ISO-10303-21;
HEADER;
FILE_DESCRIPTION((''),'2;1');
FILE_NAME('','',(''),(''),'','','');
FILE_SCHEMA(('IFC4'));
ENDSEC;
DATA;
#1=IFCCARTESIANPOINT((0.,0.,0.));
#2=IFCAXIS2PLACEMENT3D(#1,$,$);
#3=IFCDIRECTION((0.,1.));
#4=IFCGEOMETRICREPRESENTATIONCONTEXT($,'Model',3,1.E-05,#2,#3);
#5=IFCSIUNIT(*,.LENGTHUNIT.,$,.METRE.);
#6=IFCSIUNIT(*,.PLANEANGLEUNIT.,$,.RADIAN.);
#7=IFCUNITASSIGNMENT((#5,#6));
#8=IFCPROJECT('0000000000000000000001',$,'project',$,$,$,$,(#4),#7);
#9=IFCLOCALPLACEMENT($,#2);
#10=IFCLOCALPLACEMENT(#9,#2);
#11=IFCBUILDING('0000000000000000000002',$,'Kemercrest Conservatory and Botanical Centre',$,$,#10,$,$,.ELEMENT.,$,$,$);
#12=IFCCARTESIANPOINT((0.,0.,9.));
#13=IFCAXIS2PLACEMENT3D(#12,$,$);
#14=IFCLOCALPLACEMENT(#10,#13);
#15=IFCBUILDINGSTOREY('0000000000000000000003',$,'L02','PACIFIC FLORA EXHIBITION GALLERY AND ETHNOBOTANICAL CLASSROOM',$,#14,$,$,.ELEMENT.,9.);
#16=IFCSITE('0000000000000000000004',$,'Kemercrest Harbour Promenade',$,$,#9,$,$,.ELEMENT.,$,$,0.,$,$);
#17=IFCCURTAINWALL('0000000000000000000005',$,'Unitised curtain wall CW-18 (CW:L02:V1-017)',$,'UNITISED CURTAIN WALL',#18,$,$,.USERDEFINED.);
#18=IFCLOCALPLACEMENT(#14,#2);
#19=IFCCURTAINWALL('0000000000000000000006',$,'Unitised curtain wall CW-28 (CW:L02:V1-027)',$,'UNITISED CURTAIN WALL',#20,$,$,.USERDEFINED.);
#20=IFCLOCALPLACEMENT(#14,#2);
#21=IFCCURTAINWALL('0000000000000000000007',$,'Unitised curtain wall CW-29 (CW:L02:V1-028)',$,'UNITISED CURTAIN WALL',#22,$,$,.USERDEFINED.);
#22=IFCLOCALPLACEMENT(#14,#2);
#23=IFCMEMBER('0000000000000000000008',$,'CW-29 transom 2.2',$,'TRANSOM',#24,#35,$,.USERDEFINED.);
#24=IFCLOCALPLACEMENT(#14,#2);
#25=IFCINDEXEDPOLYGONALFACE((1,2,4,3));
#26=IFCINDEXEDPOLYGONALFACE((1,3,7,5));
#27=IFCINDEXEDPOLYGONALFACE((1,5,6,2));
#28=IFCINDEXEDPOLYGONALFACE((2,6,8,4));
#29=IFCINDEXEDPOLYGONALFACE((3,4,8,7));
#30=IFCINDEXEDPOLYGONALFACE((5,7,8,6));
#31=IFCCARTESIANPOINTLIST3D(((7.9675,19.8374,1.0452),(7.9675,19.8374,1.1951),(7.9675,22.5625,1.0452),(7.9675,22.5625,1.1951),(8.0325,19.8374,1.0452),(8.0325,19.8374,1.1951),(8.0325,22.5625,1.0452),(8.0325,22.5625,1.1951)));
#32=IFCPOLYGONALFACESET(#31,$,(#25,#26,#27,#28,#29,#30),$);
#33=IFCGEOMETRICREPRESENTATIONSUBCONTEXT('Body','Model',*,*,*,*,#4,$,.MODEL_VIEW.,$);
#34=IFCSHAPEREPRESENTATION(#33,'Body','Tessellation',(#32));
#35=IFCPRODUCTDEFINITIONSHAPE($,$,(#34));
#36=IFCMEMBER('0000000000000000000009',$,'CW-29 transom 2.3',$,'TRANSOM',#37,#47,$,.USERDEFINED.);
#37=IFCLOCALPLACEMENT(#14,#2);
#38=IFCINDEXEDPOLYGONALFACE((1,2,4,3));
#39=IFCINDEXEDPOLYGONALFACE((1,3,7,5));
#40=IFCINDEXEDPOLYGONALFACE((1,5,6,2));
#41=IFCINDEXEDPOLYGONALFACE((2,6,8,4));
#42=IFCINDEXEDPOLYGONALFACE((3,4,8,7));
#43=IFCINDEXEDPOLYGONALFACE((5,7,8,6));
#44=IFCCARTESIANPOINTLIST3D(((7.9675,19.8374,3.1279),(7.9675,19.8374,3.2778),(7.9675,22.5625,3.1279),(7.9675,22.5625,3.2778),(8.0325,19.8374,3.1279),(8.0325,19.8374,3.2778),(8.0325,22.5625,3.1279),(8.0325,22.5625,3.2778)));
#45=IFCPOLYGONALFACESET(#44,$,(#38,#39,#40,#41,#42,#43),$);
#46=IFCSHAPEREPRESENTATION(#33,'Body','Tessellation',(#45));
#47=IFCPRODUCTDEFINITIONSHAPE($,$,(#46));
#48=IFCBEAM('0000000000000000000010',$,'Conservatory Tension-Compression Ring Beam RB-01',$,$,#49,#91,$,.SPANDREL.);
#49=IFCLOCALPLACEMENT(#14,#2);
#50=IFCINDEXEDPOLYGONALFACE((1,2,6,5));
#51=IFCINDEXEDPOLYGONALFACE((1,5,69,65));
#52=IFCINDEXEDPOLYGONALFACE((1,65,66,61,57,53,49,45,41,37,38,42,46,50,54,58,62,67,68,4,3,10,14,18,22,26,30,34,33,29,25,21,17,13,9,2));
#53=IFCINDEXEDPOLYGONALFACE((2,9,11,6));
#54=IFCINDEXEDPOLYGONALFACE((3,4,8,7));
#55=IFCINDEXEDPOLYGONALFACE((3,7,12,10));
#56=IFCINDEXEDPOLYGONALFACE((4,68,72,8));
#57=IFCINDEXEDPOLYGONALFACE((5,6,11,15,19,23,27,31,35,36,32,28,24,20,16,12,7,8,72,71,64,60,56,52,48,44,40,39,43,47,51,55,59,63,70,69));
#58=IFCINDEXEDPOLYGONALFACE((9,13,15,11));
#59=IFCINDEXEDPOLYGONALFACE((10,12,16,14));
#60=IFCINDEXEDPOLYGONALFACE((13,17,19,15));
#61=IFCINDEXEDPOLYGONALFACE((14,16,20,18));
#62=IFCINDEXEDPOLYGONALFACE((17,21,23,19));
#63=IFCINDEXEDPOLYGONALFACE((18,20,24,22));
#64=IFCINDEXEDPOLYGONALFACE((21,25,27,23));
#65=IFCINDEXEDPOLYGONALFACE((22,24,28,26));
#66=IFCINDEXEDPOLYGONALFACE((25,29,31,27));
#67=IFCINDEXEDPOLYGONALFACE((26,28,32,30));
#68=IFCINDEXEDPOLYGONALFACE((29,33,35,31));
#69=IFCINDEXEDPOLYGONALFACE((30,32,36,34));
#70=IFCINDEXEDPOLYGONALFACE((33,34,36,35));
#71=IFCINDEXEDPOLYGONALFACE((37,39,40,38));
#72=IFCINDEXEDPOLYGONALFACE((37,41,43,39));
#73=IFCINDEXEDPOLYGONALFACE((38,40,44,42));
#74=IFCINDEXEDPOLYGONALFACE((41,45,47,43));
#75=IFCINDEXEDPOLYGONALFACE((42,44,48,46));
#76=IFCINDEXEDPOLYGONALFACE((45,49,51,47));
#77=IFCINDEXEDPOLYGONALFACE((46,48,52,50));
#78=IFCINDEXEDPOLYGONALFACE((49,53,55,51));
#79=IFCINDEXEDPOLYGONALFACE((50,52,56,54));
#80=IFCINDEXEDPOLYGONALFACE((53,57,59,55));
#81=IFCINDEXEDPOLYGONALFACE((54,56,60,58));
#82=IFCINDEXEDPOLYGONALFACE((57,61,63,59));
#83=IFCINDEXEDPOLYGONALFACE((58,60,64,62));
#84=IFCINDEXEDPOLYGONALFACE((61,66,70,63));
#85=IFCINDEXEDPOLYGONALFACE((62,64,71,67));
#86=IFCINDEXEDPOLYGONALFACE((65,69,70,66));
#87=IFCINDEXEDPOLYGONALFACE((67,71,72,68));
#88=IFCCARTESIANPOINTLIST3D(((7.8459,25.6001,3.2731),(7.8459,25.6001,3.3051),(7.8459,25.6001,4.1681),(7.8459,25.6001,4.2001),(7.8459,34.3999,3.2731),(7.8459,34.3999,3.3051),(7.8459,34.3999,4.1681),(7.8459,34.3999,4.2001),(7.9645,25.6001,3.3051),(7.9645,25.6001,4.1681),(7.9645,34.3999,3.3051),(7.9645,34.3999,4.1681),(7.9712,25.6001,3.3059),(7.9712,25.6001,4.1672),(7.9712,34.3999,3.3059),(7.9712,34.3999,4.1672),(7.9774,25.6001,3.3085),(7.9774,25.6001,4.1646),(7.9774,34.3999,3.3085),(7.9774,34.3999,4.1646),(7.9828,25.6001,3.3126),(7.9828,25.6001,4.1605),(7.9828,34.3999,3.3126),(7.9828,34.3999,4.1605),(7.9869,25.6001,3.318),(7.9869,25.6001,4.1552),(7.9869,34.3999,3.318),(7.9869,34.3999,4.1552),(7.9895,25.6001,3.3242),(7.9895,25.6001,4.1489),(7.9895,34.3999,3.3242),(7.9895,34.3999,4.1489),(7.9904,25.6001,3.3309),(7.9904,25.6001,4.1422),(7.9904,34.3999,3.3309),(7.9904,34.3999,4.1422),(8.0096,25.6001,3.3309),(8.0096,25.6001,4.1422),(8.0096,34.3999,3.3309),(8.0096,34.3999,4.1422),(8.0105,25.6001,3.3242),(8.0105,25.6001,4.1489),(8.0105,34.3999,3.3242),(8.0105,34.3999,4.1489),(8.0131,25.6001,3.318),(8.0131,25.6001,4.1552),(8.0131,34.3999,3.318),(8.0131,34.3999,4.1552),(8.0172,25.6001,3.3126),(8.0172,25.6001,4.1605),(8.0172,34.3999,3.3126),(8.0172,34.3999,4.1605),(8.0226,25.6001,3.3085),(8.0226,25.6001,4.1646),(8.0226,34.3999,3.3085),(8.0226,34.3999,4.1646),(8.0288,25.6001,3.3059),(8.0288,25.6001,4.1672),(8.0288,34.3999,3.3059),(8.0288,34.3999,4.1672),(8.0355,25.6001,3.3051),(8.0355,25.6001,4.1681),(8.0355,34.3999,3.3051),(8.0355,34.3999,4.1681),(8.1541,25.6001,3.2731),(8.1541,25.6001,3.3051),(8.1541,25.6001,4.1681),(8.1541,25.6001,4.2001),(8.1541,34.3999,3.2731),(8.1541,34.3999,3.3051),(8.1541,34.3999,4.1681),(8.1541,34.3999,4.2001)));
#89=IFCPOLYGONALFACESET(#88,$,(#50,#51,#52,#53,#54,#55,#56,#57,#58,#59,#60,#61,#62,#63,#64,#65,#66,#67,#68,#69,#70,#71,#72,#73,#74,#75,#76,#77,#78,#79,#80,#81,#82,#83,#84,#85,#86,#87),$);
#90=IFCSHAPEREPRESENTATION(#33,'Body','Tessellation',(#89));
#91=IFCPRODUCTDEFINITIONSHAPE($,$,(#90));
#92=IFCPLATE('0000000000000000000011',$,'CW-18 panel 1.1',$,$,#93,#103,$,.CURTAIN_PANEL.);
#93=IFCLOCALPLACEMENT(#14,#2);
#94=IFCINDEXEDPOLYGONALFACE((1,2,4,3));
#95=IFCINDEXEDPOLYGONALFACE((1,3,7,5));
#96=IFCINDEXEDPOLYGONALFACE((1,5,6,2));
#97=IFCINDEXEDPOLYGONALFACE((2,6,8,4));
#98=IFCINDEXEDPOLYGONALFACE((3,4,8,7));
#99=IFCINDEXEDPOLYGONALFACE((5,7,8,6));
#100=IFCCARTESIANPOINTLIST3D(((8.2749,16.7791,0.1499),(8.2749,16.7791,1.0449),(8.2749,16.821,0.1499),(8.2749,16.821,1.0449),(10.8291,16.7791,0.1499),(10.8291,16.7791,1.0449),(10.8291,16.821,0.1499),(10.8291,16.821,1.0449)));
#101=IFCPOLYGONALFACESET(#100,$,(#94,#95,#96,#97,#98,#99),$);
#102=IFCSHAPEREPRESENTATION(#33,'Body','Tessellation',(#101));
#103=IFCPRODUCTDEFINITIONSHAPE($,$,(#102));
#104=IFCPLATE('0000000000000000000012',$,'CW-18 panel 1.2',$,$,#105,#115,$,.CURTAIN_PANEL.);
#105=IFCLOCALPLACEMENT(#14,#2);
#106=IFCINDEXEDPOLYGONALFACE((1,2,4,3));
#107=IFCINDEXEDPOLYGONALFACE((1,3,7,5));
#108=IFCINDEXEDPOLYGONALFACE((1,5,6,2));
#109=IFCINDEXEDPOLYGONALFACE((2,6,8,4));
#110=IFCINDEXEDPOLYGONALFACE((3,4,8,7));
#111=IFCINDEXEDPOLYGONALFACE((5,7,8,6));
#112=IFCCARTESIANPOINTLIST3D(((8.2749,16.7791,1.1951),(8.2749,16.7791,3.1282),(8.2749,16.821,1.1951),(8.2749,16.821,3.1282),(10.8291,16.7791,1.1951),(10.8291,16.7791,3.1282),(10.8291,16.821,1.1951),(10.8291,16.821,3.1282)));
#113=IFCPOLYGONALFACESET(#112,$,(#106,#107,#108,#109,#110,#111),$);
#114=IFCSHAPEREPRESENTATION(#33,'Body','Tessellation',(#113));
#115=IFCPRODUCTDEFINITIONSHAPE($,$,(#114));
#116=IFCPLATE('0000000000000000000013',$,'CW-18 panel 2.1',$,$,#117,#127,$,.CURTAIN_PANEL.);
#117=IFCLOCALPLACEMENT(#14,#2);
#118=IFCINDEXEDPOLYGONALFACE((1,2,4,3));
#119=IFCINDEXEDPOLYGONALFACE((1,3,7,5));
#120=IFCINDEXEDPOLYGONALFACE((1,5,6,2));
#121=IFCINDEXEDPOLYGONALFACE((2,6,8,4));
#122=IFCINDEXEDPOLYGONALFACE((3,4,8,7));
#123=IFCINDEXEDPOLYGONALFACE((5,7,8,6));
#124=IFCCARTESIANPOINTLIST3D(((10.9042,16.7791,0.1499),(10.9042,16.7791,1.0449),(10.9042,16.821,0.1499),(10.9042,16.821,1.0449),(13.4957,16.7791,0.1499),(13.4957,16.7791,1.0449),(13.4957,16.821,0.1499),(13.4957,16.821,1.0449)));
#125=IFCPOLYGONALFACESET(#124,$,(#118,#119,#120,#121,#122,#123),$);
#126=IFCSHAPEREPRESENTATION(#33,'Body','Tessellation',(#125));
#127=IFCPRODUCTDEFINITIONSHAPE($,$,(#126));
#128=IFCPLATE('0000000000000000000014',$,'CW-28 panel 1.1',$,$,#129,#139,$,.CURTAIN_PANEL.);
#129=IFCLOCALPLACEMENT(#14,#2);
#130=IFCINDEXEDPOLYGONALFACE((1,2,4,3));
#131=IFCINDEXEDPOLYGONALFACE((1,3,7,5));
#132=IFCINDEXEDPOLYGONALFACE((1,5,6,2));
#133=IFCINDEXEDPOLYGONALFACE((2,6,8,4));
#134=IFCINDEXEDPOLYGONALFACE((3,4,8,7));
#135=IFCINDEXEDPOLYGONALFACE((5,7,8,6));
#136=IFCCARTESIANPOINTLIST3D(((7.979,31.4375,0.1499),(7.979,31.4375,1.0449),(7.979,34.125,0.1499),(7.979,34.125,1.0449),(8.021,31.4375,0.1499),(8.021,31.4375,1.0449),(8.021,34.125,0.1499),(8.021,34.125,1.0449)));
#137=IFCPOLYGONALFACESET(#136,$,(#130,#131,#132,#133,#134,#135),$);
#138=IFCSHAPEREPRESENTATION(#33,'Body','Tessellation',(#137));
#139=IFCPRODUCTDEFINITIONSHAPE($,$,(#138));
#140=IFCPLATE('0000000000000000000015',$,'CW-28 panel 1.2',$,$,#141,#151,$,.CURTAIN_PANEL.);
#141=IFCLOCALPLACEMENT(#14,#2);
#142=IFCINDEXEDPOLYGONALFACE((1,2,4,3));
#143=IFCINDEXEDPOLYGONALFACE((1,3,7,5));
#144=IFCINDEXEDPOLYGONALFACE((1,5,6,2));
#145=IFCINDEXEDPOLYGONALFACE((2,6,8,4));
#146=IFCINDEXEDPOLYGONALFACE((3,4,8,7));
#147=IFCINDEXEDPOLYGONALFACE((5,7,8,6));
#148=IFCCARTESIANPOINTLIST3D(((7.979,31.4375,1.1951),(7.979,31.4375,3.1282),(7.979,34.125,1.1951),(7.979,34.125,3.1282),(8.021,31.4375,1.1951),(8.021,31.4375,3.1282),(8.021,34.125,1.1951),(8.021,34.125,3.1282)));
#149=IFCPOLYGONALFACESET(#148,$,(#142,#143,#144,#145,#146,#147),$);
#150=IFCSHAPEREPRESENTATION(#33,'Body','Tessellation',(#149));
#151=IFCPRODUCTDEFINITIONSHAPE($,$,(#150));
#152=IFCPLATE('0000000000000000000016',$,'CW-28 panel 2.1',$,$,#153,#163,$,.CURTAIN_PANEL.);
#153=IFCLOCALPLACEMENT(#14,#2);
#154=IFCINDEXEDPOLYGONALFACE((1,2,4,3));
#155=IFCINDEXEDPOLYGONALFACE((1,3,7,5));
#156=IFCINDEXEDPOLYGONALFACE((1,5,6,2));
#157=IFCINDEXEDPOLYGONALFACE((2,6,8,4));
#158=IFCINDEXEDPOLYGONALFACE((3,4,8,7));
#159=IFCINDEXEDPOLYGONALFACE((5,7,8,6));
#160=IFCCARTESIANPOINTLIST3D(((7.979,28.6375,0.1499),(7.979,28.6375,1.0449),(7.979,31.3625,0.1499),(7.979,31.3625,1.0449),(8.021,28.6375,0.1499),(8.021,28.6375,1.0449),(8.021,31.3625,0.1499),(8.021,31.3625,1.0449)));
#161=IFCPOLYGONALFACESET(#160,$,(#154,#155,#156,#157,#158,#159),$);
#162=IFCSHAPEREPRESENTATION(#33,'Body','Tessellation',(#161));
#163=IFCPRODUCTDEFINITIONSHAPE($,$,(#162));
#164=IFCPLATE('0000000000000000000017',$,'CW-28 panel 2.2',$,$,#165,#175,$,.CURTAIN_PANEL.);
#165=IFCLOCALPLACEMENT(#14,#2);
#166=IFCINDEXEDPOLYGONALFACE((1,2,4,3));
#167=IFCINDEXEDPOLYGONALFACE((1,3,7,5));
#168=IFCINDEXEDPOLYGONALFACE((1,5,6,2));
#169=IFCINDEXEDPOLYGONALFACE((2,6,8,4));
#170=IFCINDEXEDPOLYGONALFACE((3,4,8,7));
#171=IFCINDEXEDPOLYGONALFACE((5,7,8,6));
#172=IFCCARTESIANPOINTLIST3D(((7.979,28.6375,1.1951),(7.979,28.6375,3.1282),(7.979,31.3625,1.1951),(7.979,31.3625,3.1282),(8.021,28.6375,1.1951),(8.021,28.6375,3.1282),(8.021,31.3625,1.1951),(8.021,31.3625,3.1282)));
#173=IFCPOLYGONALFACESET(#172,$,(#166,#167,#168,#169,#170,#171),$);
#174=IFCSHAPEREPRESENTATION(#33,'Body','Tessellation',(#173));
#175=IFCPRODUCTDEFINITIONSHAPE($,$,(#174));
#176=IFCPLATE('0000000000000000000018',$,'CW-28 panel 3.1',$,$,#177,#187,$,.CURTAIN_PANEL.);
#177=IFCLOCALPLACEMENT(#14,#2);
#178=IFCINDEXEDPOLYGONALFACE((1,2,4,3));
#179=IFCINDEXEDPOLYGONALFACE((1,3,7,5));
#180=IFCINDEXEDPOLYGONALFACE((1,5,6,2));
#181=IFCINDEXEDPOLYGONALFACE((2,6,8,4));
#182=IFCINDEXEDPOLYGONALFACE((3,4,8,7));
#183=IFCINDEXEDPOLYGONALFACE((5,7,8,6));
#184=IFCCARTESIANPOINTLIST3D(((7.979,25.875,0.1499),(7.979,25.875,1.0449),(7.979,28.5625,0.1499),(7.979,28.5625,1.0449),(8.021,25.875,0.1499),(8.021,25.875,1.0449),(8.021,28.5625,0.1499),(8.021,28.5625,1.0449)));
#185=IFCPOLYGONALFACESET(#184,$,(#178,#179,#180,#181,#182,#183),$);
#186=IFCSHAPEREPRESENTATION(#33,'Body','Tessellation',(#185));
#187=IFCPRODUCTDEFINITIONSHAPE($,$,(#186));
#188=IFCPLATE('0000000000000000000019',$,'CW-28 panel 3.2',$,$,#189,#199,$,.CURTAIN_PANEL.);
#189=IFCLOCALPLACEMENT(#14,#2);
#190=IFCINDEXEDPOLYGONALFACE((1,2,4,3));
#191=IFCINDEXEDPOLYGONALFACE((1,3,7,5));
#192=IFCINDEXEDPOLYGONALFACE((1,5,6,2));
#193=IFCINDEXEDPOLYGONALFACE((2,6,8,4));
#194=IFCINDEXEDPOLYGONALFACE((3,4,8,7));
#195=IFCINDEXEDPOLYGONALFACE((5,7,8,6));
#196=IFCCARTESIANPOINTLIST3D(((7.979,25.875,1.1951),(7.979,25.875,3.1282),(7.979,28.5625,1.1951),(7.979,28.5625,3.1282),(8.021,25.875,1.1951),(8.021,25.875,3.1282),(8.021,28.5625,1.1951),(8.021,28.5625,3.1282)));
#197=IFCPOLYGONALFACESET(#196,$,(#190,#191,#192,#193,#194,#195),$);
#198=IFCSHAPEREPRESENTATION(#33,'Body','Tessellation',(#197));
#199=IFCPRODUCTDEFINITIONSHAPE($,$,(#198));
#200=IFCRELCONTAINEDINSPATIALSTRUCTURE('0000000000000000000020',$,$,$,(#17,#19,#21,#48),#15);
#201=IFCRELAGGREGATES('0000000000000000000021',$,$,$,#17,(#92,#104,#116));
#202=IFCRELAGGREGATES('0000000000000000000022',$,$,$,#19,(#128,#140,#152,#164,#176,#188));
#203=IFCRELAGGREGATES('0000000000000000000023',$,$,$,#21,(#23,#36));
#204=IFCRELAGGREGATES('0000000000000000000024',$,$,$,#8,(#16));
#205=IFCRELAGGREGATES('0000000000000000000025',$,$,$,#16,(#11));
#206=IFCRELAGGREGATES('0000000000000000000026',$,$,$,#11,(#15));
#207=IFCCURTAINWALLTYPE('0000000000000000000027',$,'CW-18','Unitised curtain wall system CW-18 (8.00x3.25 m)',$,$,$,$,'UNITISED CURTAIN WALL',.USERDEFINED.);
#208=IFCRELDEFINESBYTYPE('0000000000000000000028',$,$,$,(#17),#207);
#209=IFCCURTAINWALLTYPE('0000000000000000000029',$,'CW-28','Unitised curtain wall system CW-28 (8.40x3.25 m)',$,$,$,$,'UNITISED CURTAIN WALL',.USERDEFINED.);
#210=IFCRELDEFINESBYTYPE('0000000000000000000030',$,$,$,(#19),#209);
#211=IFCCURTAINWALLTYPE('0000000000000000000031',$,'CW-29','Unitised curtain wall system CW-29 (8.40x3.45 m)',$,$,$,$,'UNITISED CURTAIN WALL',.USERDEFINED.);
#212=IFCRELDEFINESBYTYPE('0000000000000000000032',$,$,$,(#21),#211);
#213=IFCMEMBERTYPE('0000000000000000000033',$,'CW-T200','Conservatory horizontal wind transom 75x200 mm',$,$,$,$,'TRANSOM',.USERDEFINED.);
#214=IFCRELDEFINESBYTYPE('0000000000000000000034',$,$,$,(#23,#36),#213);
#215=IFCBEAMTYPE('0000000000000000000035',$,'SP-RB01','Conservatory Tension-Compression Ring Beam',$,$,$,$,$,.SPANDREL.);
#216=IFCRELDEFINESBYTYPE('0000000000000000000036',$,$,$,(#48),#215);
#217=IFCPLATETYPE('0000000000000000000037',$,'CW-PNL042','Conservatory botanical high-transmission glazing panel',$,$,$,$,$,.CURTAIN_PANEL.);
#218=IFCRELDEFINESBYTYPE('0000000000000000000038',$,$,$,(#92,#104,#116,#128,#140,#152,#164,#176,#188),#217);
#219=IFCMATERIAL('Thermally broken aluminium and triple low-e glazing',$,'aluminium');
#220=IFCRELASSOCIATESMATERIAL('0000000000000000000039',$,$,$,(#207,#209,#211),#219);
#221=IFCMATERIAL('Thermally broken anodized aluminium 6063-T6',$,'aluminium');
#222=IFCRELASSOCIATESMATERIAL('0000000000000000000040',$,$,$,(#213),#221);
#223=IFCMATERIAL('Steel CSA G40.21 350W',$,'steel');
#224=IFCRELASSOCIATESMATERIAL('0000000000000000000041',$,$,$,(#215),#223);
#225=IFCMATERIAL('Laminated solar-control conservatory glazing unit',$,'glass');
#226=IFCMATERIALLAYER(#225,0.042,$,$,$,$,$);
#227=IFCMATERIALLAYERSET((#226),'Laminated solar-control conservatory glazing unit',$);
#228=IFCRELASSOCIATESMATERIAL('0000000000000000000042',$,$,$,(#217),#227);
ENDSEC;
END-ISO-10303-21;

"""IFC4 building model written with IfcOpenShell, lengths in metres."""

from ifc_helpers import new_model, si_unit, direction, frame, origin, origin_2d, place, context, subcontext, project, spatial, rectangle, i_section, extrude, material, layer, layer_set, material_profile, profile_set, type_object, element, aggregate, save


model = new_model("IFC4")

# Units and contexts
model_context = context("Model", 3, precision=1e-05, world=origin(), true_north=direction((0.0, 1.0)))
body_context = subcontext(model_context, "Body", "Model", "MODEL_VIEW")
ifc_project = project(units=[si_unit("LENGTHUNIT", "METRE"), si_unit("PLANEANGLEUNIT", "RADIAN")], contexts=[model_context])

# Site, building, storey
site_placement = place(None, origin())
site = spatial("IfcSite", under=ifc_project, at=site_placement, Name="Kemercrest Harbour Promenade", CompositionType="ELEMENT", RefElevation=0.0)
building_placement = place(site_placement, origin())
building = spatial("IfcBuilding", under=site, at=building_placement, Name="Kemercrest Conservatory and Botanical Centre", CompositionType="ELEMENT")
storey_placement = place(building_placement, frame((0.0, 0.0, 9.0)))
storey = spatial("IfcBuildingStorey", under=building, at=storey_placement, Name="L02", Description="PACIFIC FLORA EXHIBITION GALLERY AND ETHNOBOTANICAL CLASSROOM", CompositionType="ELEMENT", Elevation=9.0)

# Shared definitions
ifc_material_1 = material(Name="Steel CSA G40.21 350W", Category="steel")

# Curtain walls
ifc_material_2 = material(Name="Thermally broken aluminium and triple low-e glazing", Category="aluminium")
curtain_wall_type_1 = type_object("IfcCurtainWallType", Name="CW-18", Description="Unitised curtain wall system CW-18 (8.00x3.25 m)", ElementType="UNITISED CURTAIN WALL", PredefinedType="USERDEFINED", material=ifc_material_2)
curtain_wall_1_placement = place(storey_placement, origin())
curtain_wall_1 = element("IfcCurtainWall", 1, at=curtain_wall_1_placement, inside=storey, type_object=curtain_wall_type_1, Name="Unitised curtain wall CW-18 (CW:L02:V1-017)", ObjectType="UNITISED CURTAIN WALL", PredefinedType="USERDEFINED")
ifc_material_3 = material(Name="Thermally broken anodized aluminium 6063-T6", Category="aluminium")
curtain_wall_type_2 = type_object("IfcCurtainWallType", Name="CW-28", Description="Unitised curtain wall system CW-28 (8.40x3.25 m)", ElementType="UNITISED CURTAIN WALL", PredefinedType="USERDEFINED", material=ifc_material_2)
curtain_wall_2_placement = place(storey_placement, origin())
curtain_wall_2 = element("IfcCurtainWall", 2, at=curtain_wall_2_placement, inside=storey, type_object=curtain_wall_type_2, Name="Unitised curtain wall CW-28 (CW:L02:V1-027)", ObjectType="UNITISED CURTAIN WALL", PredefinedType="USERDEFINED")
curtain_wall_type_3 = type_object("IfcCurtainWallType", Name="CW-29", Description="Unitised curtain wall system CW-29 (8.40x3.45 m)", ElementType="UNITISED CURTAIN WALL", PredefinedType="USERDEFINED", material=ifc_material_2)
curtain_wall_3_placement = place(storey_placement, origin())
curtain_wall_3 = element("IfcCurtainWall", 3, at=curtain_wall_3_placement, inside=storey, type_object=curtain_wall_type_3, Name="Unitised curtain wall CW-29 (CW:L02:V1-028)", ObjectType="UNITISED CURTAIN WALL", PredefinedType="USERDEFINED")

# Members
ifc_material_profile_1 = material_profile(ifc_material_3, rectangle(XDim=0.0649, YDim=0.1499, at=origin_2d()), Name="AL TRANSOM 65x150")
ifc_profile_set_1 = profile_set([ifc_material_profile_1], Name="Thermally broken anodized aluminium 6063-T6")
member_type_1 = type_object("IfcMemberType", Name="CW-T200", Description="Conservatory horizontal wind transom 75x200 mm", ElementType="TRANSOM", PredefinedType="USERDEFINED", material=ifc_profile_set_1)
member_1_placement = place(storey_placement, frame((8.0, 22.5625, 1.1201), z_axis=(0.0, -1.0, 0.0), x_axis=(1.0, 0.0, 0.0)))
member_1 = element("IfcMember", 4, at=member_1_placement, type_object=member_type_1, Name="CW-29 transom 2.2", ObjectType="TRANSOM", PredefinedType="USERDEFINED", context=body_context, shape_type="SweptSolid", body=[
    extrude(rectangle(XDim=0.0649, YDim=0.1499, at=origin_2d()), origin(), (0.0, 0.0, 1.0), 2.7251),
])
member_2_placement = place(storey_placement, frame((8.0, 22.5625, 3.2029), z_axis=(0.0, -1.0, 0.0), x_axis=(1.0, 0.0, 0.0)))
member_2 = element("IfcMember", 5, at=member_2_placement, type_object=member_type_1, Name="CW-29 transom 2.3", ObjectType="TRANSOM", PredefinedType="USERDEFINED", context=body_context, shape_type="SweptSolid", body=[
    extrude(rectangle(XDim=0.0649, YDim=0.1499, at=origin_2d()), origin(), (0.0, 0.0, 1.0), 2.7251),
])

# Beam
ifc_material_profile_2 = material_profile(ifc_material_1, i_section(OverallWidth=0.3081, OverallDepth=0.927, WebThickness=0.0193, FlangeThickness=0.032, FilletRadius=0.0259, at=origin_2d()), Name="W920X289")
ifc_profile_set_2 = profile_set([ifc_material_profile_2], Name="Steel CSA G40.21 350W")
beam_type = type_object("IfcBeamType", Name="SP-RB01", Description="Conservatory Tension-Compression Ring Beam", PredefinedType="SPANDREL", material=ifc_profile_set_2)
beam_placement = place(storey_placement, frame((8.0, 25.6001, 3.7366), z_axis=(0.0, 1.0, 0.0), x_axis=(-1.0, 0.0, 0.0)))
element("IfcBeam", 6, at=beam_placement, inside=storey, type_object=beam_type, Name="Conservatory Tension-Compression Ring Beam RB-01", PredefinedType="SPANDREL", context=body_context, shape_type="SweptSolid", body=[
    extrude(i_section(OverallWidth=0.3081, OverallDepth=0.927, WebThickness=0.0193, FlangeThickness=0.032, FilletRadius=0.0259, at=origin_2d()), origin(), (0.0, 0.0, 1.0), 8.7998),
])

# Plates
ifc_material_4 = material(Name="Laminated solar-control conservatory glazing unit", Category="glass")
ifc_layer = layer(ifc_material_4, 0.042)
ifc_layer_set = layer_set([ifc_layer], Name="Laminated solar-control conservatory glazing unit")
plate_type = type_object("IfcPlateType", Name="CW-PNL042", Description="Conservatory botanical high-transmission glazing panel", PredefinedType="CURTAIN_PANEL", material=ifc_layer_set)
plate_1_placement = place(storey_placement, frame((9.552, 16.8, 0.1499), z_axis=(0.0, 0.0, 1.0), x_axis=(1.0, 0.0, 0.0)))
plate_1 = element("IfcPlate", 7, at=plate_1_placement, type_object=plate_type, Name="CW-18 panel 1.1", PredefinedType="CURTAIN_PANEL", context=body_context, shape_type="SweptSolid", body=[
    extrude(rectangle(XDim=2.5542, YDim=0.042, at=origin_2d()), origin(), (0.0, 0.0, 1.0), 0.895),
])
plate_2_placement = place(storey_placement, frame((9.552, 16.8, 1.1951), z_axis=(0.0, 0.0, 1.0), x_axis=(1.0, 0.0, 0.0)))
plate_2 = element("IfcPlate", 8, at=plate_2_placement, type_object=plate_type, Name="CW-18 panel 1.2", PredefinedType="CURTAIN_PANEL", context=body_context, shape_type="SweptSolid", body=[
    extrude(rectangle(XDim=2.5542, YDim=0.042, at=origin_2d()), origin(), (0.0, 0.0, 1.0), 1.9331),
])
plate_3_placement = place(storey_placement, frame((12.2, 16.8, 0.1499), z_axis=(0.0, 0.0, 1.0), x_axis=(1.0, 0.0, 0.0)))
plate_3 = element("IfcPlate", 9, at=plate_3_placement, type_object=plate_type, Name="CW-18 panel 2.1", PredefinedType="CURTAIN_PANEL", context=body_context, shape_type="SweptSolid", body=[
    extrude(rectangle(XDim=2.5916, YDim=0.042, at=origin_2d()), origin(), (0.0, 0.0, 1.0), 0.895),
])
aggregate(curtain_wall_1, [plate_1, plate_2, plate_3])
plate_4_placement = place(storey_placement, frame((8.0, 32.7812, 0.1499), z_axis=(0.0, 0.0, 1.0), x_axis=(0.0, -1.0, 0.0)))
plate_4 = element("IfcPlate", 10, at=plate_4_placement, type_object=plate_type, Name="CW-28 panel 1.1", PredefinedType="CURTAIN_PANEL", context=body_context, shape_type="SweptSolid", body=[
    extrude(rectangle(XDim=2.6875, YDim=0.042, at=origin_2d()), origin(), (0.0, 0.0, 1.0), 0.895),
])
plate_5_placement = place(storey_placement, frame((8.0, 32.7812, 1.1951), z_axis=(0.0, 0.0, 1.0), x_axis=(0.0, -1.0, 0.0)))
plate_5 = element("IfcPlate", 11, at=plate_5_placement, type_object=plate_type, Name="CW-28 panel 1.2", PredefinedType="CURTAIN_PANEL", context=body_context, shape_type="SweptSolid", body=[
    extrude(rectangle(XDim=2.6875, YDim=0.042, at=origin_2d()), origin(), (0.0, 0.0, 1.0), 1.9331),
])
plate_6_placement = place(storey_placement, frame((8.0, 30.0, 0.1499), z_axis=(0.0, 0.0, 1.0), x_axis=(0.0, -1.0, 0.0)))
plate_6 = element("IfcPlate", 12, at=plate_6_placement, type_object=plate_type, Name="CW-28 panel 2.1", PredefinedType="CURTAIN_PANEL", context=body_context, shape_type="SweptSolid", body=[
    extrude(rectangle(XDim=2.7251, YDim=0.042, at=origin_2d()), origin(), (0.0, 0.0, 1.0), 0.895),
])
plate_7_placement = place(storey_placement, frame((8.0, 30.0, 1.1951), z_axis=(0.0, 0.0, 1.0), x_axis=(0.0, -1.0, 0.0)))
plate_7 = element("IfcPlate", 13, at=plate_7_placement, type_object=plate_type, Name="CW-28 panel 2.2", PredefinedType="CURTAIN_PANEL", context=body_context, shape_type="SweptSolid", body=[
    extrude(rectangle(XDim=2.7251, YDim=0.042, at=origin_2d()), origin(), (0.0, 0.0, 1.0), 1.9331),
])
plate_8_placement = place(storey_placement, frame((8.0, 27.2188, 0.1499), z_axis=(0.0, 0.0, 1.0), x_axis=(0.0, -1.0, 0.0)))
plate_8 = element("IfcPlate", 14, at=plate_8_placement, type_object=plate_type, Name="CW-28 panel 3.1", PredefinedType="CURTAIN_PANEL", context=body_context, shape_type="SweptSolid", body=[
    extrude(rectangle(XDim=2.6875, YDim=0.042, at=origin_2d()), origin(), (0.0, 0.0, 1.0), 0.895),
])
plate_9_placement = place(storey_placement, frame((8.0, 27.2188, 1.1951), z_axis=(0.0, 0.0, 1.0), x_axis=(0.0, -1.0, 0.0)))
plate_9 = element("IfcPlate", 15, at=plate_9_placement, type_object=plate_type, Name="CW-28 panel 3.2", PredefinedType="CURTAIN_PANEL", context=body_context, shape_type="SweptSolid", body=[
    extrude(rectangle(XDim=2.6875, YDim=0.042, at=origin_2d()), origin(), (0.0, 0.0, 1.0), 1.9331),
])
aggregate(curtain_wall_2, [plate_4, plate_5, plate_6, plate_7, plate_8, plate_9])
aggregate(curtain_wall_3, [member_1, member_2])

save(model, "model.ifc")
